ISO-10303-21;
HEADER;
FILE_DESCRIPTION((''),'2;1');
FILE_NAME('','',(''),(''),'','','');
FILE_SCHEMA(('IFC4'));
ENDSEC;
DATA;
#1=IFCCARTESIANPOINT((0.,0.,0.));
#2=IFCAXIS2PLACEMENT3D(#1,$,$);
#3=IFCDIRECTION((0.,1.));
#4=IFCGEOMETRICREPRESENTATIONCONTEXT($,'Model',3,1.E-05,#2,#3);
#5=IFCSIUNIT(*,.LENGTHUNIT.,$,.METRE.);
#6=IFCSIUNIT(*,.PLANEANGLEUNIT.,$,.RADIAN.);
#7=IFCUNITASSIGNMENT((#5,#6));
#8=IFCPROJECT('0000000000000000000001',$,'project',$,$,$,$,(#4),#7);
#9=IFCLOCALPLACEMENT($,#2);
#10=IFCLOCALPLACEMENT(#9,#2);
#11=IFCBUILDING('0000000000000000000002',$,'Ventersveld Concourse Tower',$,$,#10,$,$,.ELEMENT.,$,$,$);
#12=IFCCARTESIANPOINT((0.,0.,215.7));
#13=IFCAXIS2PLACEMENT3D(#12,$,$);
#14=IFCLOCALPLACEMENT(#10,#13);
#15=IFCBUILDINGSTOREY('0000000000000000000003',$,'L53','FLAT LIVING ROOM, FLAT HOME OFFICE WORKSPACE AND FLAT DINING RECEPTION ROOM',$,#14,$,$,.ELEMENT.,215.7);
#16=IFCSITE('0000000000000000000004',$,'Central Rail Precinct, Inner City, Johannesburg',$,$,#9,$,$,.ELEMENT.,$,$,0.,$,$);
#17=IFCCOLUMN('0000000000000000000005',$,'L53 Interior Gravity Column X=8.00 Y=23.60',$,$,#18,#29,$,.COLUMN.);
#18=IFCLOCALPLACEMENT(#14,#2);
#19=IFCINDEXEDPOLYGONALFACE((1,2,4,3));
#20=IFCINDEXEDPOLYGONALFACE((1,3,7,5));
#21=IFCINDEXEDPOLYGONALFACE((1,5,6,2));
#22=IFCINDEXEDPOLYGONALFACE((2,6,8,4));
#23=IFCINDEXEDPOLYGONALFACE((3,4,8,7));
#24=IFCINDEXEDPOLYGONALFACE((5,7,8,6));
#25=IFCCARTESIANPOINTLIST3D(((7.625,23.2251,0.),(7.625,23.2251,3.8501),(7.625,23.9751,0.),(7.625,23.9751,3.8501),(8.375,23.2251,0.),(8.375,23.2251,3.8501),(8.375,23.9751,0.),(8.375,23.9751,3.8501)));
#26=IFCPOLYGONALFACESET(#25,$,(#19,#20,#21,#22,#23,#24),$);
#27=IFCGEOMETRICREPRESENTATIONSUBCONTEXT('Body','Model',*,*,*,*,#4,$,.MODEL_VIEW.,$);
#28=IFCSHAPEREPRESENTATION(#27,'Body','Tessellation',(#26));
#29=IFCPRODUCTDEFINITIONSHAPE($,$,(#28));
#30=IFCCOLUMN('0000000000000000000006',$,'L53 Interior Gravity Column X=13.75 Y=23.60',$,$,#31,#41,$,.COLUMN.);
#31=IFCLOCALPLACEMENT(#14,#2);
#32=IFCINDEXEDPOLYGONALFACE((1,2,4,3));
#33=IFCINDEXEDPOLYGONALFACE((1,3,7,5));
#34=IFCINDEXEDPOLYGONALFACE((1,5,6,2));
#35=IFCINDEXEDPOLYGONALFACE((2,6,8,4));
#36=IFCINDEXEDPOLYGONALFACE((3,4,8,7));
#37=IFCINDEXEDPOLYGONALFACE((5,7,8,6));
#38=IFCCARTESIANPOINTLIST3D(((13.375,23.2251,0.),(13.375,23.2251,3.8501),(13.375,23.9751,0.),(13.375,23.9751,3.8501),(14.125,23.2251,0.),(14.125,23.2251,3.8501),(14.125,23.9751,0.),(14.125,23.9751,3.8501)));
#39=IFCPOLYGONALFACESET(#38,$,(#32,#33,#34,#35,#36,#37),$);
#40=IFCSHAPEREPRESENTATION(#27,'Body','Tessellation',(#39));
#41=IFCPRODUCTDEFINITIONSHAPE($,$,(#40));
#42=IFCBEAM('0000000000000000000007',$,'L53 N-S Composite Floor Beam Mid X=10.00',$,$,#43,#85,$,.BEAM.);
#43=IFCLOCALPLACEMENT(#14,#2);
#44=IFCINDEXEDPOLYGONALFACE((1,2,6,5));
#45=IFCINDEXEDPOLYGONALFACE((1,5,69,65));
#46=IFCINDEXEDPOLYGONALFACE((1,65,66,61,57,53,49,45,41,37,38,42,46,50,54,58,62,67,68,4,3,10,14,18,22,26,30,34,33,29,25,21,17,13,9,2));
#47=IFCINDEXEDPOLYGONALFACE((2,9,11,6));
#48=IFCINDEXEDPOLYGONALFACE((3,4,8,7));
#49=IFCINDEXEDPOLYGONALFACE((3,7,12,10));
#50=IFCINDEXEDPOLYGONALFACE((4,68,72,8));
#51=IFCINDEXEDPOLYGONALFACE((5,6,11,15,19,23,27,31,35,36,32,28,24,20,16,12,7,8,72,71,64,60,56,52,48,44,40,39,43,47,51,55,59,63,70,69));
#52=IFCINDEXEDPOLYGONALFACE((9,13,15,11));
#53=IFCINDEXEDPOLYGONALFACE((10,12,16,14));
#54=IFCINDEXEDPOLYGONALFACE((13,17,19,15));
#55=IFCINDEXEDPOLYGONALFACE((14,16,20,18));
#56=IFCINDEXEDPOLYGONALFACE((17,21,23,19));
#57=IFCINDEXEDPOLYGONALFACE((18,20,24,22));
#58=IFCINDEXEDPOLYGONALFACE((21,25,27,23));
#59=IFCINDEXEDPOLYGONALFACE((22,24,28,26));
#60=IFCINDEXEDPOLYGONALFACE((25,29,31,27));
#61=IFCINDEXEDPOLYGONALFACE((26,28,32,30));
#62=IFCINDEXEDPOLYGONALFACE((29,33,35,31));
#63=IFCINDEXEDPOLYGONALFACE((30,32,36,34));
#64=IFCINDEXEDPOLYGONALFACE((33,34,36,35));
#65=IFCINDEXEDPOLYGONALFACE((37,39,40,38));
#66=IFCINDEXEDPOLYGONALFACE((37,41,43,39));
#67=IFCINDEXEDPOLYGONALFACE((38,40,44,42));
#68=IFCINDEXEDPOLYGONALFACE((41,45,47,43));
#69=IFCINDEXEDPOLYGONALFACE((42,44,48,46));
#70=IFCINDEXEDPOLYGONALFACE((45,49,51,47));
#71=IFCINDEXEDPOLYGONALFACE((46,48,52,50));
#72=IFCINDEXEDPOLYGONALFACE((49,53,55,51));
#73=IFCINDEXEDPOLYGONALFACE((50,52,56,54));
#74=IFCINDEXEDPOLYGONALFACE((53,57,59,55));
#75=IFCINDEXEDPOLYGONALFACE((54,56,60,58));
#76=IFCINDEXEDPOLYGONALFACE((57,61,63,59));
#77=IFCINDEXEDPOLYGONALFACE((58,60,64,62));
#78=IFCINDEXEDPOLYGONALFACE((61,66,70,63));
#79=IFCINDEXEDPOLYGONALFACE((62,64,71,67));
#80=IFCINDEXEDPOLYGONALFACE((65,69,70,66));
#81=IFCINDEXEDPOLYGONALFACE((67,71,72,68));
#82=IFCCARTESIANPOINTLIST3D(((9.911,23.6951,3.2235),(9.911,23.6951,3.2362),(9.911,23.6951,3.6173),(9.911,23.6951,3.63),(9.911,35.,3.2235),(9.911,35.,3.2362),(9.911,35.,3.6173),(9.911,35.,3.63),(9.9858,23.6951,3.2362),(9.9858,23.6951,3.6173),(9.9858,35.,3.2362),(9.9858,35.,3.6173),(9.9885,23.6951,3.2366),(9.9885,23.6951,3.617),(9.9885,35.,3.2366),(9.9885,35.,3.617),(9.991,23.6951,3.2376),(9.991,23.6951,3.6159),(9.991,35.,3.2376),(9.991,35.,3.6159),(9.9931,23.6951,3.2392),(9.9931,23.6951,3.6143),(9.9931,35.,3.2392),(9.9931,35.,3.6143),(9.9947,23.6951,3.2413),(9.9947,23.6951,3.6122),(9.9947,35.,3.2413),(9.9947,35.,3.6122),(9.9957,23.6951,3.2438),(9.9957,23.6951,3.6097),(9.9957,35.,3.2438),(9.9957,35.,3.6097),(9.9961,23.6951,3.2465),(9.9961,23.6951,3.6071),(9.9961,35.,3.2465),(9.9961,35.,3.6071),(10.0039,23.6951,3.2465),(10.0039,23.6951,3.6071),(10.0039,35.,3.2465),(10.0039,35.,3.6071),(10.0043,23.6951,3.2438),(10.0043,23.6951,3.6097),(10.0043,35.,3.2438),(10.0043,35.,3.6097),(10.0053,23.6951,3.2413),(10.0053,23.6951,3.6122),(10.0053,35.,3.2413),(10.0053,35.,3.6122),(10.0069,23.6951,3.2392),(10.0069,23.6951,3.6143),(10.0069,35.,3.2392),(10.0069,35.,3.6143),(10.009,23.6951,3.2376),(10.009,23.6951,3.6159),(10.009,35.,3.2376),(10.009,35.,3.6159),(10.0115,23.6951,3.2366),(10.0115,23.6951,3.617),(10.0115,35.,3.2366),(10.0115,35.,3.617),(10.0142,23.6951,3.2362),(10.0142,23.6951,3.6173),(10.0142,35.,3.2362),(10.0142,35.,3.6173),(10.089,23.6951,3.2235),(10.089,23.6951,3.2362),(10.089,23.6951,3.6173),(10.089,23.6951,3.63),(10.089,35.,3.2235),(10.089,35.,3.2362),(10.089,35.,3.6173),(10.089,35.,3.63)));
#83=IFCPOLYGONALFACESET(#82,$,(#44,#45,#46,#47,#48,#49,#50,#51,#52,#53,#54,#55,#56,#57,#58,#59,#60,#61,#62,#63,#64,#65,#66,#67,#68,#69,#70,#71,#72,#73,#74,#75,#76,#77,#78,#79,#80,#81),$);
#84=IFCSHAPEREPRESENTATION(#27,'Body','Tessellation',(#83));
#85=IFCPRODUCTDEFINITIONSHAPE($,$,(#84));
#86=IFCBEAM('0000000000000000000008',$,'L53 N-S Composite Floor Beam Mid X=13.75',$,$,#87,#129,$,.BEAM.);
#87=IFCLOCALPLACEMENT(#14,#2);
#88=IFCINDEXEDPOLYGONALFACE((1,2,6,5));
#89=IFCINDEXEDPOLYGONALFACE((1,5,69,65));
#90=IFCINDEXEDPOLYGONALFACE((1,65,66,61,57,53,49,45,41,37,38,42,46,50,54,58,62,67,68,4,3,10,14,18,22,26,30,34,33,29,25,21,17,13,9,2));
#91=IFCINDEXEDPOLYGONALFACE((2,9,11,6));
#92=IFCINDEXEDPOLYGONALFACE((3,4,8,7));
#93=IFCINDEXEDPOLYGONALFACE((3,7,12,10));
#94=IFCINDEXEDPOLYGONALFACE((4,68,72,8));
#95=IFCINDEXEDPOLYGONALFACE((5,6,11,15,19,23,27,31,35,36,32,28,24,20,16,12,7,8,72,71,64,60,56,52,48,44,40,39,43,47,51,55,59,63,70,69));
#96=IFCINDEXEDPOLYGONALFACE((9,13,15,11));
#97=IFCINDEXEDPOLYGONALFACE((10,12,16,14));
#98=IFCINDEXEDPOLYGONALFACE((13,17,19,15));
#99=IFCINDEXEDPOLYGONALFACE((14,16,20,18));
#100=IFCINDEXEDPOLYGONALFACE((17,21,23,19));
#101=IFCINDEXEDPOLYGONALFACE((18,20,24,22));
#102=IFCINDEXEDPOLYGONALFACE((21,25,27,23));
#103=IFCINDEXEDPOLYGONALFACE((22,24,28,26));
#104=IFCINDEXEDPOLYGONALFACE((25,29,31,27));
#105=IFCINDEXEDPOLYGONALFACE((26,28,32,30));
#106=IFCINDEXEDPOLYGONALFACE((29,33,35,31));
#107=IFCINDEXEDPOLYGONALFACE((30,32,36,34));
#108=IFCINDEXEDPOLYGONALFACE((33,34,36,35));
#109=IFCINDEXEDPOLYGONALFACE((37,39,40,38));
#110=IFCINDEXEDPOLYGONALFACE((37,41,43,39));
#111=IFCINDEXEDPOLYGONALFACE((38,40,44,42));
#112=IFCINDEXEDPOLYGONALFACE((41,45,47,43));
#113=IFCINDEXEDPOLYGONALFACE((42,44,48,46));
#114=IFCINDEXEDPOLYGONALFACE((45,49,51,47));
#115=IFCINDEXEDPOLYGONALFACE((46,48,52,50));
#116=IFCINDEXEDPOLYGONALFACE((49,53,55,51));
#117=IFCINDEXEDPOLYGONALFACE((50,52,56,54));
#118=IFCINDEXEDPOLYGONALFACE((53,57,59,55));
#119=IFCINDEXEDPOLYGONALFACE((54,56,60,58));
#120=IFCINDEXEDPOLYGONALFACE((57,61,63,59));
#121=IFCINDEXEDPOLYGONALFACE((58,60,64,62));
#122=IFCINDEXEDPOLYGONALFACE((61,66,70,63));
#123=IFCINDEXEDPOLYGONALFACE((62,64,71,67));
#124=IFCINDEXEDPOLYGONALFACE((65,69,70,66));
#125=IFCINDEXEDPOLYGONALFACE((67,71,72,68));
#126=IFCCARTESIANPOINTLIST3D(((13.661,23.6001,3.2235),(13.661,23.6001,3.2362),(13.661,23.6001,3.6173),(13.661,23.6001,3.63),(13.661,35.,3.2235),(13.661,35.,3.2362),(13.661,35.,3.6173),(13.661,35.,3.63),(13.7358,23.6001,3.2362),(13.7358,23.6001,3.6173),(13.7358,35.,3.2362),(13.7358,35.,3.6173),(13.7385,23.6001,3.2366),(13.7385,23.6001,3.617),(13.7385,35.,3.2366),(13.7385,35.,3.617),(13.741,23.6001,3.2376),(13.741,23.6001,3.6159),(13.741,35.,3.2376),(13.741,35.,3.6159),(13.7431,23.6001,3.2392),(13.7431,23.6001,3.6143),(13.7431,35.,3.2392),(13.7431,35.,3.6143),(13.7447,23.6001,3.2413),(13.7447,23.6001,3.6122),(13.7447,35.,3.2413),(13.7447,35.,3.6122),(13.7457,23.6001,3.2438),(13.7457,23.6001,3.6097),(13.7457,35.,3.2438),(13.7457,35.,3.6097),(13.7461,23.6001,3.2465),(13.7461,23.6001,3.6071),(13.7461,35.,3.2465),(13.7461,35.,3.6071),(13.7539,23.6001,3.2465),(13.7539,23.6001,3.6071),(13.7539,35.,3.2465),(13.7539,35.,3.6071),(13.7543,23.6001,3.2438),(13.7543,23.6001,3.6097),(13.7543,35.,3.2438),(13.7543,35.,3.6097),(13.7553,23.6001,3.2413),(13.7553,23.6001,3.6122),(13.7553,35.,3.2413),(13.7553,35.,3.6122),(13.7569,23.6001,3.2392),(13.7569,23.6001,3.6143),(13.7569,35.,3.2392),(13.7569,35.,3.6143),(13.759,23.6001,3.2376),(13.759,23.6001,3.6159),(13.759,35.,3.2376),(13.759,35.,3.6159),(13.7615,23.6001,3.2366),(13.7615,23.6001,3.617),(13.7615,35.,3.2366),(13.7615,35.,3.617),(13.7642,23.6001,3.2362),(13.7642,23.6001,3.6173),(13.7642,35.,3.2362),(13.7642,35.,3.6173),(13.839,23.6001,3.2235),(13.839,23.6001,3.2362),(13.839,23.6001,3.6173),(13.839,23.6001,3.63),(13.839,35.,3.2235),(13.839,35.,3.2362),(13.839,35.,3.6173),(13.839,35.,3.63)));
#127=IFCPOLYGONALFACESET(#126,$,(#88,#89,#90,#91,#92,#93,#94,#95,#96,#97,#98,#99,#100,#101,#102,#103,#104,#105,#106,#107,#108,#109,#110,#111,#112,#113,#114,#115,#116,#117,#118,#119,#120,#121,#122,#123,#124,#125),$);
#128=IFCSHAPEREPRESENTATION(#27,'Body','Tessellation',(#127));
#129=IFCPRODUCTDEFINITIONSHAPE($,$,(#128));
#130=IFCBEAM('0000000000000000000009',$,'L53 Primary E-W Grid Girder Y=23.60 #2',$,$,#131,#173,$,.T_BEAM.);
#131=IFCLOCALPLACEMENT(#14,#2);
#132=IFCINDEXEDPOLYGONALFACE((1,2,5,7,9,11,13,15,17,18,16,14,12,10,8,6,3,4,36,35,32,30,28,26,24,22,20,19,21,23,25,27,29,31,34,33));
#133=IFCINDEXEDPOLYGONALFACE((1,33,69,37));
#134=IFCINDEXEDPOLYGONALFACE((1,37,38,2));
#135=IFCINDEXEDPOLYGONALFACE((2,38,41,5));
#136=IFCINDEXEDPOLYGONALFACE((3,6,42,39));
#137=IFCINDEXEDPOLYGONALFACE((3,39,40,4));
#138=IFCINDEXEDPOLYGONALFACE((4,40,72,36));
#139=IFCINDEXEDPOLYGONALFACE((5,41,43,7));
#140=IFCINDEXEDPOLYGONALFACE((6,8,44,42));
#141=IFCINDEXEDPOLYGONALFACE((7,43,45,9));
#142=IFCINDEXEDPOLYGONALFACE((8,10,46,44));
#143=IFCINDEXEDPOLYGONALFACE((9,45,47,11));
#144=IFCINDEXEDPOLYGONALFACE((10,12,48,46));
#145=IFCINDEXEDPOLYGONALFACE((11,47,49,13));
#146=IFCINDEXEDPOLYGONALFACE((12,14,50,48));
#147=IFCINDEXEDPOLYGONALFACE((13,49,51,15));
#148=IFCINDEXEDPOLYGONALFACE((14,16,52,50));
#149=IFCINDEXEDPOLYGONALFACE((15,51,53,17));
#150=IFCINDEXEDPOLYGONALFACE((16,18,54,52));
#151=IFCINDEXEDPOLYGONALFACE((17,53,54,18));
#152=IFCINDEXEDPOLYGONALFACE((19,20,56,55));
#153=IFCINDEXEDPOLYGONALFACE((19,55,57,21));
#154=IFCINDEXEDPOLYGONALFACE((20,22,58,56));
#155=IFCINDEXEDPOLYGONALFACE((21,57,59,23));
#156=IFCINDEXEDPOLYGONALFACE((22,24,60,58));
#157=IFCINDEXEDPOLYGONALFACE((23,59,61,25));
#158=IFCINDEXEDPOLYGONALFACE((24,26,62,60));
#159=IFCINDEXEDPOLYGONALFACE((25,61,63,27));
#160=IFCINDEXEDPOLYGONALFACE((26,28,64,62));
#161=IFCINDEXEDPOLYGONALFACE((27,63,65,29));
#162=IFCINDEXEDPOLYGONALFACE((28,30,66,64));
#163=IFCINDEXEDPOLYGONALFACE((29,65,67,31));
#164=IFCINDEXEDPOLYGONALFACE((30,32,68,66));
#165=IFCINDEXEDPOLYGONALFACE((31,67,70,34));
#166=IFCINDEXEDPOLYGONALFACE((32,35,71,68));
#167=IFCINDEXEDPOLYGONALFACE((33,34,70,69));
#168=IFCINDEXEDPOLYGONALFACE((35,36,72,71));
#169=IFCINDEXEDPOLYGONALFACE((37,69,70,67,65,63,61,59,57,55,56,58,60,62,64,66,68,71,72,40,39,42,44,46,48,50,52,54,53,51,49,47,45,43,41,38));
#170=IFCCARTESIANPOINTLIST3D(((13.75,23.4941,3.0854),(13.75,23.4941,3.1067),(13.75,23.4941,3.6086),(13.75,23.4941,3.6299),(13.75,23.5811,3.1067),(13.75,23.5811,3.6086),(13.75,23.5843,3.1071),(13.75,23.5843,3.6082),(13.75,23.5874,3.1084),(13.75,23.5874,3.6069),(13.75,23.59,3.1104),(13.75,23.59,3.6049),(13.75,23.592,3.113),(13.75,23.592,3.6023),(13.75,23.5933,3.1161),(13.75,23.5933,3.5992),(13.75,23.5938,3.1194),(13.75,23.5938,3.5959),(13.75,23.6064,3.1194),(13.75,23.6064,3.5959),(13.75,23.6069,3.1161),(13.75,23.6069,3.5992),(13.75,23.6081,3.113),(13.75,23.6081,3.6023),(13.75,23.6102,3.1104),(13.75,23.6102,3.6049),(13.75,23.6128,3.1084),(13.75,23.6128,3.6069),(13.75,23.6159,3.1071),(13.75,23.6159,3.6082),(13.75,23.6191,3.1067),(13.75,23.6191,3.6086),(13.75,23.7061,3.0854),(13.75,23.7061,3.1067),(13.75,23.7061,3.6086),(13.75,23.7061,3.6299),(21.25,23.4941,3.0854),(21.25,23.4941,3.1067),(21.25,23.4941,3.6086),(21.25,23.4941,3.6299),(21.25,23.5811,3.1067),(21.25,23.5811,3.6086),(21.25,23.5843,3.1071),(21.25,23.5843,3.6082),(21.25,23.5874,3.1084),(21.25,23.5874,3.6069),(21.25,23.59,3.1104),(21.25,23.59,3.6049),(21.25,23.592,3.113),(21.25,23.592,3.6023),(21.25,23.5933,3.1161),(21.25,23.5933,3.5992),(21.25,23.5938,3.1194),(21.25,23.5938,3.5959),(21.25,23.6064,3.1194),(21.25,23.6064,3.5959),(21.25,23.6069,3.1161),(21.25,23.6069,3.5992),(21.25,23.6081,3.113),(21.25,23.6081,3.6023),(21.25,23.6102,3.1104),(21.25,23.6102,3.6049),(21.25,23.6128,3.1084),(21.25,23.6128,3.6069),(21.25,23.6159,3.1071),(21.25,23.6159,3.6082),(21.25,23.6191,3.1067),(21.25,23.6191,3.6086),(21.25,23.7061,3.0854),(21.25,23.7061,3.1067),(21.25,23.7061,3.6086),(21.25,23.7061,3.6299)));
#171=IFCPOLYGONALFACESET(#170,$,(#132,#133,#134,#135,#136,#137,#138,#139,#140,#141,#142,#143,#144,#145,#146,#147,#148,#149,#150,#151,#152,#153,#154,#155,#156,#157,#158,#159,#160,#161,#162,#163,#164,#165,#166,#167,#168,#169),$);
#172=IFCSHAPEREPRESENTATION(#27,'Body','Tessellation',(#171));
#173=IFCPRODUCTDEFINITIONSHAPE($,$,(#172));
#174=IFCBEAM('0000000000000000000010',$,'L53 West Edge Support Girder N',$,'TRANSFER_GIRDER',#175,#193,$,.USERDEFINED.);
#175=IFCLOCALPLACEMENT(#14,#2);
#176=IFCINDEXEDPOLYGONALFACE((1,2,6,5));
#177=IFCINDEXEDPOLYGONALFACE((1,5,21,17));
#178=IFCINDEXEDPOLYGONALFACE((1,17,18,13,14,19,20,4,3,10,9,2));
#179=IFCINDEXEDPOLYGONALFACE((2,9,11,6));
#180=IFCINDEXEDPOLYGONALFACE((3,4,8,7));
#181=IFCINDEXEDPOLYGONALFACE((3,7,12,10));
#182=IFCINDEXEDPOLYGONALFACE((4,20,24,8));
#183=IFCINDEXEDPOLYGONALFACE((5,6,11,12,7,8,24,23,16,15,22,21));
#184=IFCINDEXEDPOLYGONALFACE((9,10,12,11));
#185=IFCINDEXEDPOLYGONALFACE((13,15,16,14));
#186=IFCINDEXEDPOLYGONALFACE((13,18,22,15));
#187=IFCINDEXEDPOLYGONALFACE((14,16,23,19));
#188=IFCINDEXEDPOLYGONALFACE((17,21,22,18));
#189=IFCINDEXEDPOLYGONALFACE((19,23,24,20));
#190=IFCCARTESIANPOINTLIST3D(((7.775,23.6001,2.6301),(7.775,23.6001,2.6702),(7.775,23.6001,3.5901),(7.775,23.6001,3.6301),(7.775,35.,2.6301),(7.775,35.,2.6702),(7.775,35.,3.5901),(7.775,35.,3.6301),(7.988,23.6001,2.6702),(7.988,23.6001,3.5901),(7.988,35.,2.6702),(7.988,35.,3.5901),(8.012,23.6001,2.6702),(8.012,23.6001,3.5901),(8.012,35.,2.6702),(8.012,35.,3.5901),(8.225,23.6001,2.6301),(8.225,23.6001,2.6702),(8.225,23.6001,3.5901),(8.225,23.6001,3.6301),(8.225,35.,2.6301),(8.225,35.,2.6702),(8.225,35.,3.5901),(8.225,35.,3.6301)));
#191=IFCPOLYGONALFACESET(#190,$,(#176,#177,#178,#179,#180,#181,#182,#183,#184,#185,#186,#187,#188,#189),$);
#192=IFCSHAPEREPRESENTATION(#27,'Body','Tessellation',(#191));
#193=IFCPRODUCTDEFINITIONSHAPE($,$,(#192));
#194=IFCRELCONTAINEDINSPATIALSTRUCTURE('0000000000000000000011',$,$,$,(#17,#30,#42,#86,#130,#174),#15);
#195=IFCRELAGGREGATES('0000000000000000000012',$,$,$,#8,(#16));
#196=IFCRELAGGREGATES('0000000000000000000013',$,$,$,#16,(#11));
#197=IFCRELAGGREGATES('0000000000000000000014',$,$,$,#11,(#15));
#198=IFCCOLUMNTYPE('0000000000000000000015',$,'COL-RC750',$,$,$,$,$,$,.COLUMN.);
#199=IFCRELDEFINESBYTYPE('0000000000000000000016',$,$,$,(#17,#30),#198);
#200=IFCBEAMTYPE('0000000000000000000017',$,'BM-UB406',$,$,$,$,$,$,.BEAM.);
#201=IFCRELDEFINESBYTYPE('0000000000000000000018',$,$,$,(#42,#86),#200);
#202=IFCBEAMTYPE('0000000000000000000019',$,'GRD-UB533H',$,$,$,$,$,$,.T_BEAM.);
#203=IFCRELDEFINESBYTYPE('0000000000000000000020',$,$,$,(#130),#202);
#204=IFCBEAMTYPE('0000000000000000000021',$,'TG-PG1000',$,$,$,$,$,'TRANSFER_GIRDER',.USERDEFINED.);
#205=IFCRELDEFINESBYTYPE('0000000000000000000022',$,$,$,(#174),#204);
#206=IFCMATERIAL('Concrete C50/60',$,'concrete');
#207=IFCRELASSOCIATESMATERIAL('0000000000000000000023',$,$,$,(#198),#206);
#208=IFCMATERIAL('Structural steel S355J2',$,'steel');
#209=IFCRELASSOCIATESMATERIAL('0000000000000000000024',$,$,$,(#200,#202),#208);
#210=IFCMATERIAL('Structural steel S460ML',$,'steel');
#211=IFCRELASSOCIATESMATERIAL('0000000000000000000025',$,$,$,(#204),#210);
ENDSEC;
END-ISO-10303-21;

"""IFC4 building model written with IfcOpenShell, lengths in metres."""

from ifc_helpers import new_model, si_unit, direction, frame, origin, origin_2d, place, context, subcontext, project, spatial, rectangle, i_section, extrude, material, material_profile, profile_set, type_object, element, save


model = new_model("IFC4")

# Units and contexts
model_context = context("Model", 3, precision=1e-05, world=origin(), true_north=direction((0.0, 1.0)))
body_context = subcontext(model_context, "Body", "Model", "MODEL_VIEW")
ifc_project = project(units=[si_unit("LENGTHUNIT", "METRE"), si_unit("PLANEANGLEUNIT", "RADIAN")], contexts=[model_context])

# Site, building, storey
site_placement = place(None, origin())
site = spatial("IfcSite", under=ifc_project, at=site_placement, Name="Central Rail Precinct, Inner City, Johannesburg", CompositionType="ELEMENT", RefElevation=0.0)
building_placement = place(site_placement, origin())
building = spatial("IfcBuilding", under=site, at=building_placement, Name="Ventersveld Concourse Tower", CompositionType="ELEMENT")
storey_placement = place(building_placement, frame((0.0, 0.0, 215.7)))
storey = spatial("IfcBuildingStorey", under=building, at=storey_placement, Name="L53", Description="FLAT LIVING ROOM, FLAT HOME OFFICE WORKSPACE AND FLAT DINING RECEPTION ROOM", CompositionType="ELEMENT", Elevation=215.7)

# Columns
ifc_material_1 = material(Name="Concrete C50/60", Category="concrete")
ifc_material_profile_1 = material_profile(ifc_material_1, rectangle(XDim=0.75, YDim=0.75, at=origin_2d()), Name="RC 750x750")
ifc_profile_set_1 = profile_set([ifc_material_profile_1], Name="Concrete C50/60")
column_type = type_object("IfcColumnType", Name="COL-RC750", PredefinedType="COLUMN", material=ifc_profile_set_1)
for number, where, z_axis, x_axis, name in (
    (1, (8.0, 23.6001, 0.0), (0.0, 0.0, 1.0), (1.0, 0.0, 0.0), "L53 Interior Gravity Column X=8.00 Y=23.60"),
    (2, (13.75, 23.6001, 0.0), (0.0, 0.0, 1.0), (1.0, 0.0, 0.0), "L53 Interior Gravity Column X=13.75 Y=23.60"),
):
    element("IfcColumn", number, at=place(storey_placement, frame(where, z_axis=z_axis, x_axis=x_axis)), inside=storey, type_object=column_type, Name=name, PredefinedType="COLUMN", context=body_context, shape_type="SweptSolid", body=[
        extrude(rectangle(XDim=0.75, YDim=0.75, at=origin_2d()), origin(), (0.0, 0.0, 1.0), 3.8501),
    ])

# Beams
ifc_material_2 = material(Name="Structural steel S355J2", Category="steel")
ifc_material_profile_2 = material_profile(ifc_material_2, i_section(OverallWidth=0.178, OverallDepth=0.4065, WebThickness=0.0078, FlangeThickness=0.0127, FilletRadius=0.0103, at=origin_2d()), Name="UB 406x178x60")
ifc_profile_set_2 = profile_set([ifc_material_profile_2], Name="Structural steel S355J2")
beam_type_1 = type_object("IfcBeamType", Name="BM-UB406", PredefinedType="BEAM", material=ifc_profile_set_2)
beam_1_placement = place(storey_placement, frame((10.0, 23.6951, 3.4268), z_axis=(0.0, 1.0, 0.0), x_axis=(-1.0, 0.0, 0.0)))
element("IfcBeam", 3, at=beam_1_placement, inside=storey, type_object=beam_type_1, Name="L53 N-S Composite Floor Beam Mid X=10.00", PredefinedType="BEAM", context=body_context, shape_type="SweptSolid", body=[
    extrude(i_section(OverallWidth=0.178, OverallDepth=0.4065, WebThickness=0.0078, FlangeThickness=0.0127, FilletRadius=0.0103, at=origin_2d()), origin(), (0.0, 0.0, 1.0), 11.3049),
])
beam_2_placement = place(storey_placement, frame((13.75, 23.6001, 3.4268), z_axis=(0.0, 1.0, 0.0), x_axis=(-1.0, 0.0, 0.0)))
element("IfcBeam", 4, at=beam_2_placement, inside=storey, type_object=beam_type_1, Name="L53 N-S Composite Floor Beam Mid X=13.75", PredefinedType="BEAM", context=body_context, shape_type="SweptSolid", body=[
    extrude(i_section(OverallWidth=0.178, OverallDepth=0.4065, WebThickness=0.0078, FlangeThickness=0.0127, FilletRadius=0.0103, at=origin_2d()), origin(), (0.0, 0.0, 1.0), 11.3999),
])
ifc_material_profile_3 = material_profile(ifc_material_2, i_section(OverallWidth=0.2119, OverallDepth=0.5444, WebThickness=0.0127, FlangeThickness=0.0212, FilletRadius=0.0127, at=origin_2d()), Name="UB 533x210x122")
ifc_profile_set_3 = profile_set([ifc_material_profile_3], Name="Structural steel S355J2")
beam_type_2 = type_object("IfcBeamType", Name="GRD-UB533H", PredefinedType="T_BEAM", material=ifc_profile_set_3)
beam_3_placement = place(storey_placement, frame((13.75, 23.6001, 3.3577), z_axis=(1.0, 0.0, 0.0), x_axis=(0.0, 1.0, 0.0)))
element("IfcBeam", 5, at=beam_3_placement, inside=storey, type_object=beam_type_2, Name="L53 Primary E-W Grid Girder Y=23.60 #2", PredefinedType="T_BEAM", context=body_context, shape_type="SweptSolid", body=[
    extrude(i_section(OverallWidth=0.2119, OverallDepth=0.5444, WebThickness=0.0127, FlangeThickness=0.0212, FilletRadius=0.0127, at=origin_2d()), origin(), (0.0, 0.0, 1.0), 7.5),
])
ifc_material_3 = material(Name="Structural steel S460ML", Category="steel")
ifc_material_profile_4 = material_profile(ifc_material_3, i_section(OverallWidth=0.45, OverallDepth=1.0, WebThickness=0.0239, FlangeThickness=0.04, at=origin_2d()), Name="PG 1000x450x40")
ifc_profile_set_4 = profile_set([ifc_material_profile_4], Name="Structural steel S460ML")
beam_type_3 = type_object("IfcBeamType", Name="TG-PG1000", ElementType="TRANSFER_GIRDER", PredefinedType="USERDEFINED", material=ifc_profile_set_4)
beam_4_placement = place(storey_placement, frame((8.0, 23.6001, 3.1301), z_axis=(0.0, 1.0, 0.0), x_axis=(-1.0, 0.0, 0.0)))
element("IfcBeam", 6, at=beam_4_placement, inside=storey, type_object=beam_type_3, Name="L53 West Edge Support Girder N", ObjectType="TRANSFER_GIRDER", PredefinedType="USERDEFINED", context=body_context, shape_type="SweptSolid", body=[
    extrude(i_section(OverallWidth=0.45, OverallDepth=1.0, WebThickness=0.0239, FlangeThickness=0.04, at=origin_2d()), origin(), (0.0, 0.0, 1.0), 11.3999),
])

save(model, "model.ifc")
